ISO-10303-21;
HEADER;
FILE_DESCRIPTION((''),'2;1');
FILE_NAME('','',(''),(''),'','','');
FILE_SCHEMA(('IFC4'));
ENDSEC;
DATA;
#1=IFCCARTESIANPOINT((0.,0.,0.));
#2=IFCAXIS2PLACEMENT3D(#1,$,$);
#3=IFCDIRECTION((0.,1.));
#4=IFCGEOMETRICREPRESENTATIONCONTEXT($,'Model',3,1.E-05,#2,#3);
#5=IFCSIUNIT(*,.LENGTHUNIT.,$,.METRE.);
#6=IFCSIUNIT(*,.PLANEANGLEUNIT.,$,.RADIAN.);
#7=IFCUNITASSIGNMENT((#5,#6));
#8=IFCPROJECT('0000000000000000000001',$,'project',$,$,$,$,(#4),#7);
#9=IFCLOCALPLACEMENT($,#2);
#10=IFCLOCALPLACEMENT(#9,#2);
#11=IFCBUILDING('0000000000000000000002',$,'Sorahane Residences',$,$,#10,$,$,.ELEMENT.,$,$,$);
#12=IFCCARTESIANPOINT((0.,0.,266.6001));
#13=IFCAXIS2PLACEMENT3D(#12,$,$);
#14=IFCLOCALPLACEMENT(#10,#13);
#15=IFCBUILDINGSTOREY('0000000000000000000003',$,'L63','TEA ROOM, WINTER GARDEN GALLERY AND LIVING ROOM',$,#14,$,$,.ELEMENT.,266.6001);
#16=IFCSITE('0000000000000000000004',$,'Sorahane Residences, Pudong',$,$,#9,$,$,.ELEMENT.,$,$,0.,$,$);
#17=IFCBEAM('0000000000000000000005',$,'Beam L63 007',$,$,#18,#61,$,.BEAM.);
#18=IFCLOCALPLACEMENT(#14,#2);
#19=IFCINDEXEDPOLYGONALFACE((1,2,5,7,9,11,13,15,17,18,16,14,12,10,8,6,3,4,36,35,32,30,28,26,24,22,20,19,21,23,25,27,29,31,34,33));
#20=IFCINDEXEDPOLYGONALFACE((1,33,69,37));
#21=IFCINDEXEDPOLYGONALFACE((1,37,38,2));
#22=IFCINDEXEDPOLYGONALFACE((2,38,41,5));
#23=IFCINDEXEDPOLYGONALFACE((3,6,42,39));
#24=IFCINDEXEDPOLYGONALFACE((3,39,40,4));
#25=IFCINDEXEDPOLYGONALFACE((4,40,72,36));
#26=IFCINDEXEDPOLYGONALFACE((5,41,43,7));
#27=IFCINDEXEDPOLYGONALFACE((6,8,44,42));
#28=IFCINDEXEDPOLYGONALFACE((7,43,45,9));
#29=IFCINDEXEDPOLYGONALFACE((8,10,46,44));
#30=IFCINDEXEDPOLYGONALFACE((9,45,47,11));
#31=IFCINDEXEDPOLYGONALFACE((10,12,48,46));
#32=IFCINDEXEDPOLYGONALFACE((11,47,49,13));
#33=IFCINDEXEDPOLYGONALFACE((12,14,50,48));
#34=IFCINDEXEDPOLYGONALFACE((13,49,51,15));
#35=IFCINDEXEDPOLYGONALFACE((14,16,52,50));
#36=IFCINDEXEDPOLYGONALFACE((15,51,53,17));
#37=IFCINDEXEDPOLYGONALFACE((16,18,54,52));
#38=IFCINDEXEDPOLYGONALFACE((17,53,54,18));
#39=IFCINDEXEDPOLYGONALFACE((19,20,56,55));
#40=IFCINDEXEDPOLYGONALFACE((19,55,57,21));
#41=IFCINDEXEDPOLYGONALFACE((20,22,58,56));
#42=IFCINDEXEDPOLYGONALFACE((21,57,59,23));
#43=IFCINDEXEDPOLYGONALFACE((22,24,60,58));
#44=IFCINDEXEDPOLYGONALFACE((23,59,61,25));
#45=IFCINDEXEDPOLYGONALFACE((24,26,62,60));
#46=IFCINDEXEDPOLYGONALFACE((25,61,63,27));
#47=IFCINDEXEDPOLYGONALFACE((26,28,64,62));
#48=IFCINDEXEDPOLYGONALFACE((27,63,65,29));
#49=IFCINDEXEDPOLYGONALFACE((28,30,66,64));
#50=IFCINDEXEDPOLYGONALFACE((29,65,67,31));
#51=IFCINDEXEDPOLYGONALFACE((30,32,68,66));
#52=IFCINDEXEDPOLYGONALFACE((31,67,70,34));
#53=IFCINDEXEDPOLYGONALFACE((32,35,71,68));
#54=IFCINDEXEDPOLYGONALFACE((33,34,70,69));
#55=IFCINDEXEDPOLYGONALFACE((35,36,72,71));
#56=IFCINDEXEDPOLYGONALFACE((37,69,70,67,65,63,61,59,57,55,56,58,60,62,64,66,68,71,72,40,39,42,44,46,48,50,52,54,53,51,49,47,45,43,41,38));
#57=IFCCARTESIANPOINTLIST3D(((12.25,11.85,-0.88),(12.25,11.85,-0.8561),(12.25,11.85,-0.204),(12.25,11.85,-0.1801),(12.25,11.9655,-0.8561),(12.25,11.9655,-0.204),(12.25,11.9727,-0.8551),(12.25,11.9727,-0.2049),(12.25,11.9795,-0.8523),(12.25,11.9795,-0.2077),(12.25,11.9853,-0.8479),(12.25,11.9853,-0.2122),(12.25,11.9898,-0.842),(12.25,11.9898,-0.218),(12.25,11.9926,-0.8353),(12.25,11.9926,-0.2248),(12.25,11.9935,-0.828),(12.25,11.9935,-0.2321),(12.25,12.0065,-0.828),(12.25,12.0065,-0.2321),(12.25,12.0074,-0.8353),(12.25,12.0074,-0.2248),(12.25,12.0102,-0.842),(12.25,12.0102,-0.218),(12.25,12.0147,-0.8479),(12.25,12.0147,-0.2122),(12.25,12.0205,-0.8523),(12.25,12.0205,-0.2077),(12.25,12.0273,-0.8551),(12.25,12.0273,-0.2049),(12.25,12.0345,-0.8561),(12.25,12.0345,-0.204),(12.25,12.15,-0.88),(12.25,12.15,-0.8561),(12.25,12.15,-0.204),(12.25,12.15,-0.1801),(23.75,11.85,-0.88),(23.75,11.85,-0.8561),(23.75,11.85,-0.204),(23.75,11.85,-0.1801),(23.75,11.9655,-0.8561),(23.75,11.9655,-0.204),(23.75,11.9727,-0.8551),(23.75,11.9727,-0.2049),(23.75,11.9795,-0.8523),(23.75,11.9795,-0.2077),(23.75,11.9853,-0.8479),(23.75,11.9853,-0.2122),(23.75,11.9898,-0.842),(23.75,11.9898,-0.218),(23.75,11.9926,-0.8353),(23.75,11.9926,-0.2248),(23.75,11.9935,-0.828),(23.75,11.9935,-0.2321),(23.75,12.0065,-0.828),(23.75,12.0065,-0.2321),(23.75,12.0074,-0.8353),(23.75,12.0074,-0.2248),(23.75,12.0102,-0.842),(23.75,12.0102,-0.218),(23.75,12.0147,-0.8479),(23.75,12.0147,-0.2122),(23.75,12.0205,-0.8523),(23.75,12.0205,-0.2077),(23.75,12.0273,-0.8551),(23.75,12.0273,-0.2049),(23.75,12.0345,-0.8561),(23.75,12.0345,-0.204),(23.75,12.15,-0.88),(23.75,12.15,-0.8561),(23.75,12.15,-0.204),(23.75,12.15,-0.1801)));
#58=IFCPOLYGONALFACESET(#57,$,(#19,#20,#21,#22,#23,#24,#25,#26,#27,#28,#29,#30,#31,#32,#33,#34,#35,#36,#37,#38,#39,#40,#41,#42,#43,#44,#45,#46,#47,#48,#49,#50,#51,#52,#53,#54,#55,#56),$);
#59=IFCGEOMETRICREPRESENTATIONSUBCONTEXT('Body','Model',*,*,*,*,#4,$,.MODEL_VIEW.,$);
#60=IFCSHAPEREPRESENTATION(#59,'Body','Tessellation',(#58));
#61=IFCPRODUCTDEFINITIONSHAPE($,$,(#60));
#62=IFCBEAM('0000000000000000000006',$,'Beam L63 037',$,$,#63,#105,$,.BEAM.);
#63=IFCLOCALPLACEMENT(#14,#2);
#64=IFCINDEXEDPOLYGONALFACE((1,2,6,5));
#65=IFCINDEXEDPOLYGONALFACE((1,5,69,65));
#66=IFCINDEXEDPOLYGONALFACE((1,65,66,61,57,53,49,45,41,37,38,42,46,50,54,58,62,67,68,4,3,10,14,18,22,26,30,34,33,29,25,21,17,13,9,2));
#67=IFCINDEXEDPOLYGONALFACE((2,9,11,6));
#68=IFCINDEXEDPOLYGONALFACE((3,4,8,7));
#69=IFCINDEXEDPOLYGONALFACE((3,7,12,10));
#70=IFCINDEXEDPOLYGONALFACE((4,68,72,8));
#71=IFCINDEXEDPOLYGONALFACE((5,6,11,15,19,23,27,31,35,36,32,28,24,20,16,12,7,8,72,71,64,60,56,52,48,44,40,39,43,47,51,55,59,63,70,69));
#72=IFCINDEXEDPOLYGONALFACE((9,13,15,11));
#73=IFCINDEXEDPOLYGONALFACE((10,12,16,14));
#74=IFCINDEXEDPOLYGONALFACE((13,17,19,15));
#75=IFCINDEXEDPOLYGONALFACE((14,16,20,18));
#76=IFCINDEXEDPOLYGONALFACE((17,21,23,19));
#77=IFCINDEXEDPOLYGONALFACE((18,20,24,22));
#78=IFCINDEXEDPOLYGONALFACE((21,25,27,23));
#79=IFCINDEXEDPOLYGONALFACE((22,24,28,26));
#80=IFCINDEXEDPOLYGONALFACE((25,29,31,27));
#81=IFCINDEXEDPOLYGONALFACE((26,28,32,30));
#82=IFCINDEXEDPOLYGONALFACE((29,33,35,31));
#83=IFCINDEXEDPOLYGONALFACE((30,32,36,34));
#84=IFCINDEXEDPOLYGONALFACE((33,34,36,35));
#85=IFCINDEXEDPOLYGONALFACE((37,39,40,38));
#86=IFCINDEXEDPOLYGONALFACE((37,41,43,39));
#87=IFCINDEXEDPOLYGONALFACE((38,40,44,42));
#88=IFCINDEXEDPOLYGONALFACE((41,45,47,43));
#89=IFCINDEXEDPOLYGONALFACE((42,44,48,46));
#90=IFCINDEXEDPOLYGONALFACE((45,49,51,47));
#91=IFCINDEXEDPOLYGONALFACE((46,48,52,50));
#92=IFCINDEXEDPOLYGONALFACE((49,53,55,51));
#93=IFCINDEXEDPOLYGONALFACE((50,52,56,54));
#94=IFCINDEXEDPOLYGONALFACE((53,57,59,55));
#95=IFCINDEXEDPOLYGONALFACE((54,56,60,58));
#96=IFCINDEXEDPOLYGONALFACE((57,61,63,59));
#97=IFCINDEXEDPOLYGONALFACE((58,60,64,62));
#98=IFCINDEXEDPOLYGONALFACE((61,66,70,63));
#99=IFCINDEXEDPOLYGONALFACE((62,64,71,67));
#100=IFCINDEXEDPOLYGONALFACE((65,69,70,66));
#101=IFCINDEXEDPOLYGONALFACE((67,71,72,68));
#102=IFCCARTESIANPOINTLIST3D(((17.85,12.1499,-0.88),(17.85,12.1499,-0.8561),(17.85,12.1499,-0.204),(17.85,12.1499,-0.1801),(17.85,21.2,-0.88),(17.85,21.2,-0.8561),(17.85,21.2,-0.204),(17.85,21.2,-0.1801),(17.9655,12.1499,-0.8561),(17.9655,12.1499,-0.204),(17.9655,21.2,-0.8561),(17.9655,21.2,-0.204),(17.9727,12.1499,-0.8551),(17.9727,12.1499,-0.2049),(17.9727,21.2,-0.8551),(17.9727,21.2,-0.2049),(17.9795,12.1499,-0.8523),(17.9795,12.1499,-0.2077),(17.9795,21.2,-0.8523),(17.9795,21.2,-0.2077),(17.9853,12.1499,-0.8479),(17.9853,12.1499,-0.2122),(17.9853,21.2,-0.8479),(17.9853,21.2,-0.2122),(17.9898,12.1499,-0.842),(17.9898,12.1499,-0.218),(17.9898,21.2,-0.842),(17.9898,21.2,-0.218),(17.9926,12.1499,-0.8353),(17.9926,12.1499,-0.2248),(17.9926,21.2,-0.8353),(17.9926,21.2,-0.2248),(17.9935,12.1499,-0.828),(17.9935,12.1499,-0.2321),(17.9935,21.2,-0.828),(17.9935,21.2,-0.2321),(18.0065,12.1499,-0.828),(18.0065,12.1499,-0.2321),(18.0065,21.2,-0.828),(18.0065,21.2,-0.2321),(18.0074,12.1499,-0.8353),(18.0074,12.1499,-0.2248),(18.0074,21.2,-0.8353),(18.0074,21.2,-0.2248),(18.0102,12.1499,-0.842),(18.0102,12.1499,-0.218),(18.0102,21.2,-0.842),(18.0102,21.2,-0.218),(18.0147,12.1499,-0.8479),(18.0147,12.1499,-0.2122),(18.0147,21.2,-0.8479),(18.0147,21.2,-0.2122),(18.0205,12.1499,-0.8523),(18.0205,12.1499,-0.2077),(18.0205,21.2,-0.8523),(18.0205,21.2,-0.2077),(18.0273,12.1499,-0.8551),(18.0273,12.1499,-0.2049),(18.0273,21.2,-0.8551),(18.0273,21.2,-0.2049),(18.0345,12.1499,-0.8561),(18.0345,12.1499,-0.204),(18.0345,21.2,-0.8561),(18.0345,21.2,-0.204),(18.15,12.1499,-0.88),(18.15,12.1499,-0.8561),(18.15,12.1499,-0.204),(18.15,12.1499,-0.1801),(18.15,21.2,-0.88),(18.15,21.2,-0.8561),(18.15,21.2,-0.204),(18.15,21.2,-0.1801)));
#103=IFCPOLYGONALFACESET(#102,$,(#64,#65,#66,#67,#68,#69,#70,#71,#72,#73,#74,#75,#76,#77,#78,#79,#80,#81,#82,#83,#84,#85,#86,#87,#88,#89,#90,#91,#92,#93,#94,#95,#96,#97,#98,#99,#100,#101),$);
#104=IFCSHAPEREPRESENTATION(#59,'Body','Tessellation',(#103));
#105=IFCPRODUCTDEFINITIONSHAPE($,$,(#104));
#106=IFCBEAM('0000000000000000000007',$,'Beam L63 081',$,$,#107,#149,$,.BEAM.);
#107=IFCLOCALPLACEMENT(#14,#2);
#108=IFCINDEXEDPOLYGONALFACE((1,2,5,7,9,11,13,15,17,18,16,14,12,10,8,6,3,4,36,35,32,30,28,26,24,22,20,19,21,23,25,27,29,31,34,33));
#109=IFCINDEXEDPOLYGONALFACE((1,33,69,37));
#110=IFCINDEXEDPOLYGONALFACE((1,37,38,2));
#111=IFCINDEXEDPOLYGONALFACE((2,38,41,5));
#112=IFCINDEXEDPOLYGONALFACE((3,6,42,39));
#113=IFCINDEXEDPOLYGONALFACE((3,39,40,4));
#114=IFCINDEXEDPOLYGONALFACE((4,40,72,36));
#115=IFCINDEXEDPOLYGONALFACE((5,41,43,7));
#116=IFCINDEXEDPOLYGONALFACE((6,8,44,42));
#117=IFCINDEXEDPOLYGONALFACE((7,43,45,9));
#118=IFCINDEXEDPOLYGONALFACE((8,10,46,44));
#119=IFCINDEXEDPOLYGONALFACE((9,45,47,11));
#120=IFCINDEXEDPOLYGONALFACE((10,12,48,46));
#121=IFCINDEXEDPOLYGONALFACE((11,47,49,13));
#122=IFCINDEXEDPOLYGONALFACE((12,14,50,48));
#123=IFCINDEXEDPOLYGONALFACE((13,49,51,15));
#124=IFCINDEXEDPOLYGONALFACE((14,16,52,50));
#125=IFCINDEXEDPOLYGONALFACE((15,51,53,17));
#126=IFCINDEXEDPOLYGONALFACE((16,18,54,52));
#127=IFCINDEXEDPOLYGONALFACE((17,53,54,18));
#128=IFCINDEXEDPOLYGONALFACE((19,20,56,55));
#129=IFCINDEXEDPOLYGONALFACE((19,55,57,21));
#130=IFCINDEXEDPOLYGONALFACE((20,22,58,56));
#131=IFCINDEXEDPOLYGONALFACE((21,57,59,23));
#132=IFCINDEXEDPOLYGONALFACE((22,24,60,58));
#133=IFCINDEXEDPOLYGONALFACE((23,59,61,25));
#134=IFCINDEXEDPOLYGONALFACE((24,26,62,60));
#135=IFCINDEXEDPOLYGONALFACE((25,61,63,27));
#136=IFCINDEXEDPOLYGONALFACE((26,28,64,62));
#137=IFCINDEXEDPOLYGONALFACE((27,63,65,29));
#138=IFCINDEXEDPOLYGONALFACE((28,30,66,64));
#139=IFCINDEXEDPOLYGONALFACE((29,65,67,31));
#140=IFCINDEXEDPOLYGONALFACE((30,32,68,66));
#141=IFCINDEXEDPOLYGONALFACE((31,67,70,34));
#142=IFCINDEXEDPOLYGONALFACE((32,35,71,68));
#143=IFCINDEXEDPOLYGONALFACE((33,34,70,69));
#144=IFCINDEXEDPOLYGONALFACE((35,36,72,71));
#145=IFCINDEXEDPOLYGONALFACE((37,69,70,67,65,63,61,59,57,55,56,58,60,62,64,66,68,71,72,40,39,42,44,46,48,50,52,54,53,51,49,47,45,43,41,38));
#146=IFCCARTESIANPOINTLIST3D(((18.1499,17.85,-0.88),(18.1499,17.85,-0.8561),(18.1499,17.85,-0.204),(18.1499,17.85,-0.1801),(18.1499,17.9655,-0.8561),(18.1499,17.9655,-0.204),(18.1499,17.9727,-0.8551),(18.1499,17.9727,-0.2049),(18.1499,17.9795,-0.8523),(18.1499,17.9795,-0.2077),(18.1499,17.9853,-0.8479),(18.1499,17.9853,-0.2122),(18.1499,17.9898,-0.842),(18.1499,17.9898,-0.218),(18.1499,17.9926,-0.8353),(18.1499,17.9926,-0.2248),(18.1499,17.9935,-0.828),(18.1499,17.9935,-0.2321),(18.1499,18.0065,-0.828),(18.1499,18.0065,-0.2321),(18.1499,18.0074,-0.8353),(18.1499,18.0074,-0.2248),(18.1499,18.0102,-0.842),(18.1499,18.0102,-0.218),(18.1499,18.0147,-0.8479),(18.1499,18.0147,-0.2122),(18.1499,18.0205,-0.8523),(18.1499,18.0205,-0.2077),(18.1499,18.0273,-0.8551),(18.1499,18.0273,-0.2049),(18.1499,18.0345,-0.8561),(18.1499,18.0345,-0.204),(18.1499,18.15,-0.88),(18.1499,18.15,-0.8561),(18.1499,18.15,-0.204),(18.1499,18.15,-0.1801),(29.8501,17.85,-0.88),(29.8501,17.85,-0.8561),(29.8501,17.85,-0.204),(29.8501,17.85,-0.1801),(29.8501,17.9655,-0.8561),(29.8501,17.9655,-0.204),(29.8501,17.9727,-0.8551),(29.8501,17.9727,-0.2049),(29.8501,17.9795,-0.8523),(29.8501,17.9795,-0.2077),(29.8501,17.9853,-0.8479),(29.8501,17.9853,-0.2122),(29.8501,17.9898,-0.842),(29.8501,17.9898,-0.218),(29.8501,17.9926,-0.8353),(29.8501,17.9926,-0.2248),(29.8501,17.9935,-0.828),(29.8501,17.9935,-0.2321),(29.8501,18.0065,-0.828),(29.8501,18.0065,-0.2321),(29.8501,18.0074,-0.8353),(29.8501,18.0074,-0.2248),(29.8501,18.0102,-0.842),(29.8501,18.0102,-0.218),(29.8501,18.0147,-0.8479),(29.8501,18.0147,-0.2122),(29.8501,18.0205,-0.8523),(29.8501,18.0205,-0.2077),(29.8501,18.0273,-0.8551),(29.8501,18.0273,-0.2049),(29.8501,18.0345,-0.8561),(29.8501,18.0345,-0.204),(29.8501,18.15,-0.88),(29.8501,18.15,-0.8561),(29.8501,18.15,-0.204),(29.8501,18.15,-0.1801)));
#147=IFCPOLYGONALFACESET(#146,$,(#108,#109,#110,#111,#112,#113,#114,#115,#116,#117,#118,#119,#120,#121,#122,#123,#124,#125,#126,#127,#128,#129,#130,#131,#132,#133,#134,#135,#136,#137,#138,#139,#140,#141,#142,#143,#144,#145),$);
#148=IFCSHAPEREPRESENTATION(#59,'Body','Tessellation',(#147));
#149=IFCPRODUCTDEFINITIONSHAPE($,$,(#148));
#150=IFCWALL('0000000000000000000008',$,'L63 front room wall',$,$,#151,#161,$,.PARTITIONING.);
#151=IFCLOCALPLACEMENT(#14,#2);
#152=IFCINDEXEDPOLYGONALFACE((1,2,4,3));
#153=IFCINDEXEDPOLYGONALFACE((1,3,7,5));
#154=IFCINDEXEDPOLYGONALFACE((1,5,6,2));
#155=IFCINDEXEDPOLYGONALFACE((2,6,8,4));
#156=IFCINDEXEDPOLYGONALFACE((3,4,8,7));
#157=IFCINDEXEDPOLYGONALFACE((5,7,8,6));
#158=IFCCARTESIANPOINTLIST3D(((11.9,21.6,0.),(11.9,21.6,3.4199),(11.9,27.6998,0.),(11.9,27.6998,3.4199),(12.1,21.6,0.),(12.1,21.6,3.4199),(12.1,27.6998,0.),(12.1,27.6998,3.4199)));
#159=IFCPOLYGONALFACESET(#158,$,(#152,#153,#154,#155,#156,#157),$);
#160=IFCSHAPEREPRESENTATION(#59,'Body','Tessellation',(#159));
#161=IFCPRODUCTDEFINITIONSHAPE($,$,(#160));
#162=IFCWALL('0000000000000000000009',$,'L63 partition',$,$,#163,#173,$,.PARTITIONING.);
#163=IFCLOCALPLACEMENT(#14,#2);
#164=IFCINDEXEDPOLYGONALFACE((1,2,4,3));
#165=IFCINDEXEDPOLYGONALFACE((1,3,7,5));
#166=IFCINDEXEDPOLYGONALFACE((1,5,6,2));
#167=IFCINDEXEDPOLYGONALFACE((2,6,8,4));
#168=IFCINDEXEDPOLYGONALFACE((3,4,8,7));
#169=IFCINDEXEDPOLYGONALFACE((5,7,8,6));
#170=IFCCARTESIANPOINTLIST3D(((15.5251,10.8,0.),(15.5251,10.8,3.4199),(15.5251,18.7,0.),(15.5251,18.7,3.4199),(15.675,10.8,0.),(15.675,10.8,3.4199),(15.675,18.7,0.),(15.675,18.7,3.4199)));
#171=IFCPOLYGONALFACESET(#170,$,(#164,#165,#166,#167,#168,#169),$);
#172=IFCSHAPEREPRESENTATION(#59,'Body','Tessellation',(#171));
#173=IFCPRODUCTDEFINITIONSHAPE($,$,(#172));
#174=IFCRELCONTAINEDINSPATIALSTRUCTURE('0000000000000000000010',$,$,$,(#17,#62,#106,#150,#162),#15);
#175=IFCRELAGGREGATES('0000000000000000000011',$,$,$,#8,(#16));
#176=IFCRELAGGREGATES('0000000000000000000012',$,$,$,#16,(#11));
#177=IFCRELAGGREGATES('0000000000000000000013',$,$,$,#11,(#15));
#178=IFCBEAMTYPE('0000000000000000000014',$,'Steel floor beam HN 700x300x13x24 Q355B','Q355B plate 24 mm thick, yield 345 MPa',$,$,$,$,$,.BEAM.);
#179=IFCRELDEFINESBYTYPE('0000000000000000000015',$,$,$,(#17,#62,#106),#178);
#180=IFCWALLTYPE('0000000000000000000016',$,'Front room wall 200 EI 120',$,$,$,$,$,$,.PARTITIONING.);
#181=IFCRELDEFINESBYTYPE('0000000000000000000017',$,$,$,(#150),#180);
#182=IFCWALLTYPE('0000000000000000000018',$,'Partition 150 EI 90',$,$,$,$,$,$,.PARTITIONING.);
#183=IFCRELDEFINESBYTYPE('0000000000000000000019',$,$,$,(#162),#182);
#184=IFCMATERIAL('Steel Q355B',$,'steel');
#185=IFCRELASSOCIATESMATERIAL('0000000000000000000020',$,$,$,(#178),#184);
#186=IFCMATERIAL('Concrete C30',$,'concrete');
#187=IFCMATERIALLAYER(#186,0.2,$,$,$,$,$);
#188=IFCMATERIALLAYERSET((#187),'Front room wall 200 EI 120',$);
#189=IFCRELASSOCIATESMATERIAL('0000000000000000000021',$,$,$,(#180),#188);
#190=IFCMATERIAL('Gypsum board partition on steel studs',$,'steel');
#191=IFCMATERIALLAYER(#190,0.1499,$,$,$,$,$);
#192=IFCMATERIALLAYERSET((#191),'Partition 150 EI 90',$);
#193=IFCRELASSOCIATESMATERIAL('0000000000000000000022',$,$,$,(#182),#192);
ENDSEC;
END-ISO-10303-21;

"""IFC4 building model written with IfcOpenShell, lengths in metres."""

from ifc_helpers import new_model, si_unit, direction, frame, frame_2d, origin, origin_2d, place, context, subcontext, project, spatial, rectangle, i_section, extrude, material, layer, layer_set, material_profile, profile_set, type_object, element, save


model = new_model("IFC4")

# Units and contexts
model_context = context("Model", 3, precision=1e-05, world=origin(), true_north=direction((0.0, 1.0)))
body_context = subcontext(model_context, "Body", "Model", "MODEL_VIEW")
ifc_project = project(units=[si_unit("LENGTHUNIT", "METRE"), si_unit("PLANEANGLEUNIT", "RADIAN")], contexts=[model_context])

# Site, building, storey
site_placement = place(None, origin())
site = spatial("IfcSite", under=ifc_project, at=site_placement, Name="Sorahane Residences, Pudong", CompositionType="ELEMENT", RefElevation=0.0)
building_placement = place(site_placement, origin())
building = spatial("IfcBuilding", under=site, at=building_placement, Name="Sorahane Residences", CompositionType="ELEMENT")
storey_placement = place(building_placement, frame((0.0, 0.0, 266.6001)))
storey = spatial("IfcBuildingStorey", under=building, at=storey_placement, Name="L63", Description="TEA ROOM, WINTER GARDEN GALLERY AND LIVING ROOM", CompositionType="ELEMENT", Elevation=266.6001)

# Beams
ifc_material_1 = material(Name="Steel Q355B", Category="steel")
ifc_material_profile_1 = material_profile(ifc_material_1, i_section(OverallWidth=0.3, OverallDepth=0.7, WebThickness=0.0129, FlangeThickness=0.0239, FilletRadius=0.0281, at=origin_2d()), Name="HN 700x300x13x24")
ifc_profile_set_1 = profile_set([ifc_material_profile_1], Name="Steel Q355B")
beam_type_1 = type_object("IfcBeamType", Name="Steel floor beam HN 700x300x13x24 Q355B", Description="Q355B plate 24 mm thick, yield 345 MPa", PredefinedType="BEAM", material=ifc_profile_set_1)
beam_1_placement = place(storey_placement, frame((12.25, 12.0, -0.53), z_axis=(1.0, 0.0, 0.0), x_axis=(0.0, 1.0, 0.0)))
element("IfcBeam", 1, at=beam_1_placement, inside=storey, type_object=beam_type_1, Name="Beam L63 007", PredefinedType="BEAM", context=body_context, shape_type="SweptSolid", body=[
    extrude(i_section(OverallWidth=0.3, OverallDepth=0.7, WebThickness=0.0129, FlangeThickness=0.0239, FilletRadius=0.0281, at=origin_2d()), origin(), (0.0, 0.0, 1.0), 11.5),
])
beam_2_placement = place(storey_placement, frame((18.0, 12.1499, -0.53), z_axis=(0.0, 1.0, 0.0), x_axis=(-1.0, 0.0, 0.0)))
element("IfcBeam", 2, at=beam_2_placement, inside=storey, type_object=beam_type_1, Name="Beam L63 037", PredefinedType="BEAM", context=body_context, shape_type="SweptSolid", body=[
    extrude(i_section(OverallWidth=0.3, OverallDepth=0.7, WebThickness=0.0129, FlangeThickness=0.0239, FilletRadius=0.0281, at=origin_2d()), origin(), (0.0, 0.0, 1.0), 9.05),
])
beam_3_placement = place(storey_placement, frame((18.1499, 18.0, -0.53), z_axis=(1.0, 0.0, 0.0), x_axis=(0.0, 1.0, 0.0)))
element("IfcBeam", 3, at=beam_3_placement, inside=storey, type_object=beam_type_1, Name="Beam L63 081", PredefinedType="BEAM", context=body_context, shape_type="SweptSolid", body=[
    extrude(i_section(OverallWidth=0.3, OverallDepth=0.7, WebThickness=0.0129, FlangeThickness=0.0239, FilletRadius=0.0281, at=origin_2d()), origin(), (0.0, 0.0, 1.0), 11.7002),
])

# Walls
ifc_material_2 = material(Name="Concrete C30", Category="concrete")
ifc_layer_1 = layer(ifc_material_2, 0.2)
ifc_layer_set_1 = layer_set([ifc_layer_1], Name="Front room wall 200 EI 120")
wall_type_1 = type_object("IfcWallType", Name="Front room wall 200 EI 120", PredefinedType="PARTITIONING", material=ifc_layer_set_1)
wall_1_placement = place(storey_placement, frame((12.0, 21.6001, 0.0), z_axis=(0.0, 0.0, 1.0), x_axis=(0.0, 1.0, 0.0)))
element("IfcWall", 4, at=wall_1_placement, inside=storey, type_object=wall_type_1, Name="L63 front room wall", PredefinedType="PARTITIONING", context=body_context, shape_type="SweptSolid", body=[
    extrude(rectangle(XDim=6.0999, YDim=0.2, at=frame_2d((3.0498, 0.0))), origin(), (0.0, 0.0, 1.0), 3.4199),
])
ifc_material_3 = material(Name="Gypsum board partition on steel studs", Category="steel")
ifc_layer_2 = layer(ifc_material_3, 0.1499)
ifc_layer_set_2 = layer_set([ifc_layer_2], Name="Partition 150 EI 90")
wall_type_2 = type_object("IfcWallType", Name="Partition 150 EI 90", PredefinedType="PARTITIONING", material=ifc_layer_set_2)
wall_2_placement = place(storey_placement, frame((15.6001, 10.8, 0.0), z_axis=(0.0, 0.0, 1.0), x_axis=(0.0, 1.0, 0.0)))
element("IfcWall", 5, at=wall_2_placement, inside=storey, type_object=wall_type_2, Name="L63 partition", PredefinedType="PARTITIONING", context=body_context, shape_type="SweptSolid", body=[
    extrude(rectangle(XDim=7.8999, YDim=0.1499, at=frame_2d((3.95, 0.0))), origin(), (0.0, 0.0, 1.0), 3.4199),
])

save(model, "model.ifc")
